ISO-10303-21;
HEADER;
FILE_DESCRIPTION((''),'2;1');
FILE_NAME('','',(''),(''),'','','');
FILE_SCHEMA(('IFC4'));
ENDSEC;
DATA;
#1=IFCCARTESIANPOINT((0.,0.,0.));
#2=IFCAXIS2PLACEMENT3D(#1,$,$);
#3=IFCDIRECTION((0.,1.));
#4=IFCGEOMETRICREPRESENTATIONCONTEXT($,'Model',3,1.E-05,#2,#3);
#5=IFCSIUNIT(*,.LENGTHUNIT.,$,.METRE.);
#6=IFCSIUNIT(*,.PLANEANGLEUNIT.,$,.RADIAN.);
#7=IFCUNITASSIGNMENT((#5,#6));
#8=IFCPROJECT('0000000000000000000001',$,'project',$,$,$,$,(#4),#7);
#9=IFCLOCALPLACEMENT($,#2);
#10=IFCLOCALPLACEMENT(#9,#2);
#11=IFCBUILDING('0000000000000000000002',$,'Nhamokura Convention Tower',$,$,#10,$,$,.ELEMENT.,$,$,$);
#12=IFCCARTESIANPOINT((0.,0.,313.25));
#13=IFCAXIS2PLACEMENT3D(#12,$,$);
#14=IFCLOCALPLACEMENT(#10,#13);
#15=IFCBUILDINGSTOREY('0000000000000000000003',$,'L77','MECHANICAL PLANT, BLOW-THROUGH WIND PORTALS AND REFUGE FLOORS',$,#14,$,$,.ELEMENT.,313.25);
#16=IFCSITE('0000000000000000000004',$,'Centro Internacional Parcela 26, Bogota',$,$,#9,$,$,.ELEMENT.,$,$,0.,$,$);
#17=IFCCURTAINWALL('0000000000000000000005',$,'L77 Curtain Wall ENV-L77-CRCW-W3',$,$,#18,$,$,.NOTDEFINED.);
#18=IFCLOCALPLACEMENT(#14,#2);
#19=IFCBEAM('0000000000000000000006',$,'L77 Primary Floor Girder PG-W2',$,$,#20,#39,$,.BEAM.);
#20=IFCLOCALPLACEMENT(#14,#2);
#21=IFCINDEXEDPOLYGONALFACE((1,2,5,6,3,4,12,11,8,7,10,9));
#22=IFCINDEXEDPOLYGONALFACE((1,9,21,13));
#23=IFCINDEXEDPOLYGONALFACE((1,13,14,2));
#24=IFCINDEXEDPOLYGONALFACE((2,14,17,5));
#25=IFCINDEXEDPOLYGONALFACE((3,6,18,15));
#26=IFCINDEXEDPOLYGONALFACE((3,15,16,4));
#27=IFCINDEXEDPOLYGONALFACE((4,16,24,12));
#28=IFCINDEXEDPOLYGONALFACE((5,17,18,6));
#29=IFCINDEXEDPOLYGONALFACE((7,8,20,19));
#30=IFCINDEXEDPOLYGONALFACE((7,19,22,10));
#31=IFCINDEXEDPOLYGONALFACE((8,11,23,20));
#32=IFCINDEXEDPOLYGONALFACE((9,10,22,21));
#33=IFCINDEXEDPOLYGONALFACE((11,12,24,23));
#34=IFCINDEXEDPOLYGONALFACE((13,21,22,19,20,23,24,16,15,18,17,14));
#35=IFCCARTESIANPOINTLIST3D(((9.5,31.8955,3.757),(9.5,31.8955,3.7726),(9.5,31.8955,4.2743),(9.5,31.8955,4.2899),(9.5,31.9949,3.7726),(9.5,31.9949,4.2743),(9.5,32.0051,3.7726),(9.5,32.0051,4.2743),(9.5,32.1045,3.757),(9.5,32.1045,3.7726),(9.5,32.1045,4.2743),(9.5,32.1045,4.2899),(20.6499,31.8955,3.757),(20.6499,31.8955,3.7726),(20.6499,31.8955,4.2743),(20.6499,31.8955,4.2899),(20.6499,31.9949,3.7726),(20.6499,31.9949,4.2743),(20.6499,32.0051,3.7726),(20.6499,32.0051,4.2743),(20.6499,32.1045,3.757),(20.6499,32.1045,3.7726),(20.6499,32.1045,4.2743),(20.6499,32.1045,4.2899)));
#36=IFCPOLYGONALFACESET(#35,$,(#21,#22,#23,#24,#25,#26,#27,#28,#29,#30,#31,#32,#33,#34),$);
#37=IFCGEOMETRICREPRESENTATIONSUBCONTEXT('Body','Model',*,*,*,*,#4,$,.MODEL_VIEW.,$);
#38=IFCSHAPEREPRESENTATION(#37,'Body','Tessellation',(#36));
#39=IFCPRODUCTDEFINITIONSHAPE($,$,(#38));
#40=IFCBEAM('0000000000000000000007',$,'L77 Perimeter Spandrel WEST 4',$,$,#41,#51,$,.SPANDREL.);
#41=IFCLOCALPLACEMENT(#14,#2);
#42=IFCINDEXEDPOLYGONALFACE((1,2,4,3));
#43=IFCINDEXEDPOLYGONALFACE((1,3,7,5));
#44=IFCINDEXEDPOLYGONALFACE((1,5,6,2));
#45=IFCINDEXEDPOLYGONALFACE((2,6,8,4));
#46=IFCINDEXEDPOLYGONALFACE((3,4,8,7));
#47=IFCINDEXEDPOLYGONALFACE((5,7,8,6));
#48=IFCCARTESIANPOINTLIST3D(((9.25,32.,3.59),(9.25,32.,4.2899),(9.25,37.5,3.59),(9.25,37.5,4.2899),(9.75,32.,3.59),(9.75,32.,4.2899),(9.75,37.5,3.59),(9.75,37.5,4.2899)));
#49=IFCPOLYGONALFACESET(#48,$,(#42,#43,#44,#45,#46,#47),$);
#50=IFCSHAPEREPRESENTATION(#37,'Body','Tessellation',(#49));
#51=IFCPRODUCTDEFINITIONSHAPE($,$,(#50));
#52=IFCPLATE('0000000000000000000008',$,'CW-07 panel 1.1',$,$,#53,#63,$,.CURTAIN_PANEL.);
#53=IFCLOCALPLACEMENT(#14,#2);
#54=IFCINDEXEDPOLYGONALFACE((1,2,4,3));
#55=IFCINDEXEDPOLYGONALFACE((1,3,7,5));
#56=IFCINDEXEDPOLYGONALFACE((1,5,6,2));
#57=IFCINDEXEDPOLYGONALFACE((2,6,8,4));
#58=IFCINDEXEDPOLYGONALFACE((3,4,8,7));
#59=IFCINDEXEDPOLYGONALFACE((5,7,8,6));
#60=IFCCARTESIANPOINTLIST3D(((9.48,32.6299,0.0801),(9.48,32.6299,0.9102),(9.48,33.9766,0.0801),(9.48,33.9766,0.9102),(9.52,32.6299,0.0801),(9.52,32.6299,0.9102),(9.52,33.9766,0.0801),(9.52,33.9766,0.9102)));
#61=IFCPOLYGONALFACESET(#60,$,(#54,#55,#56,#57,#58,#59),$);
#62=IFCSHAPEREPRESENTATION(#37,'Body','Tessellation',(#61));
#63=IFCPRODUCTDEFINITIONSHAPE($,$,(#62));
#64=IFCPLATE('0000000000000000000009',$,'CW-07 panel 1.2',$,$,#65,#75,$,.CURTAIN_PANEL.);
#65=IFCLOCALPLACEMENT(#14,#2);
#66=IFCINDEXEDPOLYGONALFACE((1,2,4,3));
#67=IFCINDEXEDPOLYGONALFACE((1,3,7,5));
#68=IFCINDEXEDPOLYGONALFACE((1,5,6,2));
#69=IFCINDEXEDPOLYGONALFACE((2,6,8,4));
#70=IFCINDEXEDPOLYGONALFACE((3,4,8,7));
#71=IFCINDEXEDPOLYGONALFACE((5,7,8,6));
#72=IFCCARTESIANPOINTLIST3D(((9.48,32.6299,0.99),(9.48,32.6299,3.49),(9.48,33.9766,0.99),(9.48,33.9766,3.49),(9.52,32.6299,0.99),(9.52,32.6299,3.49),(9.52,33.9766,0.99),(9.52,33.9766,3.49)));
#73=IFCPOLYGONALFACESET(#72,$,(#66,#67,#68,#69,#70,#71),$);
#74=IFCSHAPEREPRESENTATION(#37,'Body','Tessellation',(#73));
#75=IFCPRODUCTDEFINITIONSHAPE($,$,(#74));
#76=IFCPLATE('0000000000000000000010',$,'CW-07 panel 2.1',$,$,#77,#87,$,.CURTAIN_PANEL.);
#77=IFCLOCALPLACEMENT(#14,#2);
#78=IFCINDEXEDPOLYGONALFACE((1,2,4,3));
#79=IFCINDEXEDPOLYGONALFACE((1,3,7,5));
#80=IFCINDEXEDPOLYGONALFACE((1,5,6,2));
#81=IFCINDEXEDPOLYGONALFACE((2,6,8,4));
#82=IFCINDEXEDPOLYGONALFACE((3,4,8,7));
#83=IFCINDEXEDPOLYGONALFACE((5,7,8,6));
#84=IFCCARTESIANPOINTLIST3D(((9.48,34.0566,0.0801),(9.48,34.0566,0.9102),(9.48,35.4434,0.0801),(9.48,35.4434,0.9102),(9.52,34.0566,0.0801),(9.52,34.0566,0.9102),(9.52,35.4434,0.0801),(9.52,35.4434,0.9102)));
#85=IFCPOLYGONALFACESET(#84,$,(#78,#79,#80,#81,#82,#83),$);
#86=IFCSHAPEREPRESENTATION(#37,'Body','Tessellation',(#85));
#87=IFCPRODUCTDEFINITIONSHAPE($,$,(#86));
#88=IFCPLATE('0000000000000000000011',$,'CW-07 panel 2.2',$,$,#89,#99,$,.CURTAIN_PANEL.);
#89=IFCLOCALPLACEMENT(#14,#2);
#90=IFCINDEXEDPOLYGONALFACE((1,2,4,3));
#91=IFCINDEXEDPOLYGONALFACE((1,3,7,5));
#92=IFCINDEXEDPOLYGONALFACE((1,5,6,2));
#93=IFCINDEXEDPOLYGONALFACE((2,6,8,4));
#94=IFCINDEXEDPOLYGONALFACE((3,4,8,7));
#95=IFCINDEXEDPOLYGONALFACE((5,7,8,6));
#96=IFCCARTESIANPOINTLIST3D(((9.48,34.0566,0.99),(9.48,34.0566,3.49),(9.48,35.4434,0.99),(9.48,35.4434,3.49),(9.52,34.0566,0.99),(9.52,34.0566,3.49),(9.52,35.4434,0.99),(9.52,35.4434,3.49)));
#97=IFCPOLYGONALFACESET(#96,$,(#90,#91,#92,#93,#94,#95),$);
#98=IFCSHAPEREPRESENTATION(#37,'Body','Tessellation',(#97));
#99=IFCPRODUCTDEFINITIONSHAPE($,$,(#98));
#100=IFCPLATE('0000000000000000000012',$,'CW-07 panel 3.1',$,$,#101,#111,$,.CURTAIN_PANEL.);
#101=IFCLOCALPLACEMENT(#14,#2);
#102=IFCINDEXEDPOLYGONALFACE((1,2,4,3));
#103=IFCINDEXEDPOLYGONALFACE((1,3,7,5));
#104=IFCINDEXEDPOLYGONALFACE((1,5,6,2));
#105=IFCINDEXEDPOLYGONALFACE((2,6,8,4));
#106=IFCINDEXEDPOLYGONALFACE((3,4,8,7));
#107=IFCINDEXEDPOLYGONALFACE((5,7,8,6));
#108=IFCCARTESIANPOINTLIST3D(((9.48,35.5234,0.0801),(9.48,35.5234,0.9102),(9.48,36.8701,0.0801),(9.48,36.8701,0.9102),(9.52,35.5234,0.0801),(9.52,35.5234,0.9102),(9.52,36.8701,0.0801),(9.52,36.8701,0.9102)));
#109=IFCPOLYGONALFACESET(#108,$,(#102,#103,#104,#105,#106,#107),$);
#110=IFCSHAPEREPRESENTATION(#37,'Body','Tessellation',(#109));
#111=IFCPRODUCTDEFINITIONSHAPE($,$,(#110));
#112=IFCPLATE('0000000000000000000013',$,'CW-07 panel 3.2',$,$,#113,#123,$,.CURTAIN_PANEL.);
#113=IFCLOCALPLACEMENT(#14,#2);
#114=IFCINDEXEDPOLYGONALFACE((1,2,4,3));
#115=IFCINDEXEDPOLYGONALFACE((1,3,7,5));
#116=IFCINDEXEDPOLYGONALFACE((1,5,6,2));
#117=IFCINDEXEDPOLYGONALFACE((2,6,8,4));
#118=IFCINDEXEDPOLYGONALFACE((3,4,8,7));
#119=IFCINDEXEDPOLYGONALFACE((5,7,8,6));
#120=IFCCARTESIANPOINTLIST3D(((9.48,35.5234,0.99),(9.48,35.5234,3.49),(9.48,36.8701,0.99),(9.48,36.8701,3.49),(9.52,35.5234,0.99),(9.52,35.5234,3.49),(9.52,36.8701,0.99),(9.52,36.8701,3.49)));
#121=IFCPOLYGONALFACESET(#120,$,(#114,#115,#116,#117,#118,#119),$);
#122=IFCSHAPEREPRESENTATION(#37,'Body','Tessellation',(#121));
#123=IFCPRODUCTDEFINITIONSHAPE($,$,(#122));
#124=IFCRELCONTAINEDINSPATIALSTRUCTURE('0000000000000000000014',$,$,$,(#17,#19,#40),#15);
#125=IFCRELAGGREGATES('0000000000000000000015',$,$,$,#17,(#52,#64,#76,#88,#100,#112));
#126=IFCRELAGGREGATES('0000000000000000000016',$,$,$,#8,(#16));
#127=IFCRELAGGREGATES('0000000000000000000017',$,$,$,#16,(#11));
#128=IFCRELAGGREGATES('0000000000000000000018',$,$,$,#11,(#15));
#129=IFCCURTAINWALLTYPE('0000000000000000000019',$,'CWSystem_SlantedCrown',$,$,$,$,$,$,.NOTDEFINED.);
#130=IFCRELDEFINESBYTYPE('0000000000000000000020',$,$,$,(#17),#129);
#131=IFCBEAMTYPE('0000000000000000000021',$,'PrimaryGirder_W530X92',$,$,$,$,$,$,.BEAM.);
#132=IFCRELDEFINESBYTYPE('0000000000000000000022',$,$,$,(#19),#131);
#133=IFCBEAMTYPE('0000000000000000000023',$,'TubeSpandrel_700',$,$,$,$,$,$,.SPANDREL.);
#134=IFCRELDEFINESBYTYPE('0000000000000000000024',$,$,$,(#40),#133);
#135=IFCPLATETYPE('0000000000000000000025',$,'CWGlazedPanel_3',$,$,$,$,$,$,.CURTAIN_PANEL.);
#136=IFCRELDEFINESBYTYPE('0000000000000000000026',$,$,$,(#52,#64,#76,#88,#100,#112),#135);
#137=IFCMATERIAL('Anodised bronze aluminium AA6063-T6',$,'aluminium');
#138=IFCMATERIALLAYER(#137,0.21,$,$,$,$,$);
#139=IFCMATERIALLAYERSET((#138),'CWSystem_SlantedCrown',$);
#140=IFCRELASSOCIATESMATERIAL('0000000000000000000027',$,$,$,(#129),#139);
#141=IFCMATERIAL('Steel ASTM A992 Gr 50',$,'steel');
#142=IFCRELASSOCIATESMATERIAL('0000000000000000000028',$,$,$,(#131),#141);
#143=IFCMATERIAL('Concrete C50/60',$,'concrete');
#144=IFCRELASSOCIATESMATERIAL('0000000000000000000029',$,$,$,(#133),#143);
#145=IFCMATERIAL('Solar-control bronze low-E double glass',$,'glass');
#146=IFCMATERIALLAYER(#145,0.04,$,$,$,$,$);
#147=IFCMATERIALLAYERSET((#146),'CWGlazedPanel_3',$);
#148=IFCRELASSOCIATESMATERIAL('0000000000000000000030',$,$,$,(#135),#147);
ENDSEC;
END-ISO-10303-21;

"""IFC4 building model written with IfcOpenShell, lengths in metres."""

from ifc_helpers import new_model, si_unit, direction, frame, origin, origin_2d, place, context, subcontext, project, spatial, rectangle, i_section, extrude, material, layer, layer_set, material_profile, profile_set, type_object, element, aggregate, save


model = new_model("IFC4")

# Units and contexts
model_context = context("Model", 3, precision=1e-05, world=origin(), true_north=direction((0.0, 1.0)))
body_context = subcontext(model_context, "Body", "Model", "MODEL_VIEW")
ifc_project = project(units=[si_unit("LENGTHUNIT", "METRE"), si_unit("PLANEANGLEUNIT", "RADIAN")], contexts=[model_context])

# Site, building, storey
site_placement = place(None, origin())
site = spatial("IfcSite", under=ifc_project, at=site_placement, Name="Centro Internacional Parcela 26, Bogota", CompositionType="ELEMENT", RefElevation=0.0)
building_placement = place(site_placement, origin())
building = spatial("IfcBuilding", under=site, at=building_placement, Name="Nhamokura Convention Tower", CompositionType="ELEMENT")
storey_placement = place(building_placement, frame((0.0, 0.0, 313.25)))
storey = spatial("IfcBuildingStorey", under=building, at=storey_placement, Name="L77", Description="MECHANICAL PLANT, BLOW-THROUGH WIND PORTALS AND REFUGE FLOORS", CompositionType="ELEMENT", Elevation=313.25)

# Shared definitions
ifc_material_1 = material(Name="Anodised bronze aluminium AA6063-T6", Category="aluminium")
ifc_layer_1 = layer(ifc_material_1, 0.21)
ifc_layer_set_1 = layer_set([ifc_layer_1], Name="CWSystem_SlantedCrown")
curtain_wall_type = type_object("IfcCurtainWallType", Name="CWSystem_SlantedCrown", PredefinedType="NOTDEFINED", material=ifc_layer_set_1)

# Curtain wall
curtain_wall_1_placement = place(storey_placement, origin())
curtain_wall_1 = element("IfcCurtainWall", 1, at=curtain_wall_1_placement, inside=storey, type_object=curtain_wall_type, Name="L77 Curtain Wall ENV-L77-CRCW-W3", PredefinedType="NOTDEFINED")

# Beams
ifc_material_2 = material(Name="Steel ASTM A992 Gr 50", Category="steel")
ifc_material_profile_1 = material_profile(ifc_material_2, i_section(OverallWidth=0.209, OverallDepth=0.533, WebThickness=0.0103, FlangeThickness=0.0156, at=origin_2d()))
ifc_profile_set_1 = profile_set([ifc_material_profile_1], Name="Steel ASTM A992 Gr 50")
beam_type_1 = type_object("IfcBeamType", Name="PrimaryGirder_W530X92", PredefinedType="BEAM", material=ifc_profile_set_1)
beam_1_placement = place(storey_placement, frame((9.5, 32.0, 4.0234), z_axis=(1.0, 0.0, 0.0), x_axis=(0.0, 1.0, 0.0)))
element("IfcBeam", 2, at=beam_1_placement, inside=storey, type_object=beam_type_1, Name="L77 Primary Floor Girder PG-W2", PredefinedType="BEAM", context=body_context, shape_type="SweptSolid", body=[
    extrude(i_section(OverallWidth=0.209, OverallDepth=0.533, WebThickness=0.0103, FlangeThickness=0.0156, at=origin_2d()), origin(), (0.0, 0.0, 1.0), 11.1499),
])
ifc_material_3 = material(Name="Concrete C50/60", Category="concrete")
ifc_material_profile_2 = material_profile(ifc_material_3, rectangle(XDim=0.5, YDim=0.7, at=origin_2d()))
ifc_profile_set_2 = profile_set([ifc_material_profile_2], Name="Concrete C50/60")
beam_type_2 = type_object("IfcBeamType", Name="TubeSpandrel_700", PredefinedType="SPANDREL", material=ifc_profile_set_2)
beam_2_placement = place(storey_placement, frame((9.5, 32.0, 3.9399), z_axis=(0.0, 1.0, 0.0), x_axis=(-1.0, 0.0, 0.0)))
element("IfcBeam", 3, at=beam_2_placement, inside=storey, type_object=beam_type_2, Name="L77 Perimeter Spandrel WEST 4", PredefinedType="SPANDREL", context=body_context, shape_type="SweptSolid", body=[
    extrude(rectangle(XDim=0.5, YDim=0.7, at=origin_2d()), origin(), (0.0, 0.0, 1.0), 5.5),
])

# Plates
ifc_material_4 = material(Name="Solar-control bronze low-E double glass", Category="glass")
ifc_layer_2 = layer(ifc_material_4, 0.04)
ifc_layer_set_2 = layer_set([ifc_layer_2], Name="CWGlazedPanel_3")
plate_type = type_object("IfcPlateType", Name="CWGlazedPanel_3", PredefinedType="CURTAIN_PANEL", material=ifc_layer_set_2)
plate_1_placement = place(storey_placement, frame((9.5, 33.3032, 0.0801), z_axis=(0.0, 0.0, 1.0), x_axis=(0.0, 1.0, 0.0)))
plate_1 = element("IfcPlate", 4, at=plate_1_placement, type_object=plate_type, Name="CW-07 panel 1.1", PredefinedType="CURTAIN_PANEL", context=body_context, shape_type="SweptSolid", body=[
    extrude(rectangle(XDim=1.3467, YDim=0.04, at=origin_2d()), origin(), (0.0, 0.0, 1.0), 0.8301),
])
plate_2_placement = place(storey_placement, frame((9.5, 33.3032, 0.99), z_axis=(0.0, 0.0, 1.0), x_axis=(0.0, 1.0, 0.0)))
plate_2 = element("IfcPlate", 5, at=plate_2_placement, type_object=plate_type, Name="CW-07 panel 1.2", PredefinedType="CURTAIN_PANEL", context=body_context, shape_type="SweptSolid", body=[
    extrude(rectangle(XDim=1.3467, YDim=0.04, at=origin_2d()), origin(), (0.0, 0.0, 1.0), 2.5),
])
plate_3_placement = place(storey_placement, frame((9.5, 34.75, 0.0801), z_axis=(0.0, 0.0, 1.0), x_axis=(0.0, 1.0, 0.0)))
plate_3 = element("IfcPlate", 6, at=plate_3_placement, type_object=plate_type, Name="CW-07 panel 2.1", PredefinedType="CURTAIN_PANEL", context=body_context, shape_type="SweptSolid", body=[
    extrude(rectangle(XDim=1.3867, YDim=0.04, at=origin_2d()), origin(), (0.0, 0.0, 1.0), 0.8301),
])
plate_4_placement = place(storey_placement, frame((9.5, 34.75, 0.99), z_axis=(0.0, 0.0, 1.0), x_axis=(0.0, 1.0, 0.0)))
plate_4 = element("IfcPlate", 7, at=plate_4_placement, type_object=plate_type, Name="CW-07 panel 2.2", PredefinedType="CURTAIN_PANEL", context=body_context, shape_type="SweptSolid", body=[
    extrude(rectangle(XDim=1.3867, YDim=0.04, at=origin_2d()), origin(), (0.0, 0.0, 1.0), 2.5),
])
plate_5_placement = place(storey_placement, frame((9.5, 36.1968, 0.0801), z_axis=(0.0, 0.0, 1.0), x_axis=(0.0, 1.0, 0.0)))
plate_5 = element("IfcPlate", 8, at=plate_5_placement, type_object=plate_type, Name="CW-07 panel 3.1", PredefinedType="CURTAIN_PANEL", context=body_context, shape_type="SweptSolid", body=[
    extrude(rectangle(XDim=1.3467, YDim=0.04, at=origin_2d()), origin(), (0.0, 0.0, 1.0), 0.8301),
])
plate_6_placement = place(storey_placement, frame((9.5, 36.1968, 0.99), z_axis=(0.0, 0.0, 1.0), x_axis=(0.0, 1.0, 0.0)))
plate_6 = element("IfcPlate", 9, at=plate_6_placement, type_object=plate_type, Name="CW-07 panel 3.2", PredefinedType="CURTAIN_PANEL", context=body_context, shape_type="SweptSolid", body=[
    extrude(rectangle(XDim=1.3467, YDim=0.04, at=origin_2d()), origin(), (0.0, 0.0, 1.0), 2.5),
])
aggregate(curtain_wall_1, [plate_1, plate_2, plate_3, plate_4, plate_5, plate_6])

save(model, "model.ifc")
